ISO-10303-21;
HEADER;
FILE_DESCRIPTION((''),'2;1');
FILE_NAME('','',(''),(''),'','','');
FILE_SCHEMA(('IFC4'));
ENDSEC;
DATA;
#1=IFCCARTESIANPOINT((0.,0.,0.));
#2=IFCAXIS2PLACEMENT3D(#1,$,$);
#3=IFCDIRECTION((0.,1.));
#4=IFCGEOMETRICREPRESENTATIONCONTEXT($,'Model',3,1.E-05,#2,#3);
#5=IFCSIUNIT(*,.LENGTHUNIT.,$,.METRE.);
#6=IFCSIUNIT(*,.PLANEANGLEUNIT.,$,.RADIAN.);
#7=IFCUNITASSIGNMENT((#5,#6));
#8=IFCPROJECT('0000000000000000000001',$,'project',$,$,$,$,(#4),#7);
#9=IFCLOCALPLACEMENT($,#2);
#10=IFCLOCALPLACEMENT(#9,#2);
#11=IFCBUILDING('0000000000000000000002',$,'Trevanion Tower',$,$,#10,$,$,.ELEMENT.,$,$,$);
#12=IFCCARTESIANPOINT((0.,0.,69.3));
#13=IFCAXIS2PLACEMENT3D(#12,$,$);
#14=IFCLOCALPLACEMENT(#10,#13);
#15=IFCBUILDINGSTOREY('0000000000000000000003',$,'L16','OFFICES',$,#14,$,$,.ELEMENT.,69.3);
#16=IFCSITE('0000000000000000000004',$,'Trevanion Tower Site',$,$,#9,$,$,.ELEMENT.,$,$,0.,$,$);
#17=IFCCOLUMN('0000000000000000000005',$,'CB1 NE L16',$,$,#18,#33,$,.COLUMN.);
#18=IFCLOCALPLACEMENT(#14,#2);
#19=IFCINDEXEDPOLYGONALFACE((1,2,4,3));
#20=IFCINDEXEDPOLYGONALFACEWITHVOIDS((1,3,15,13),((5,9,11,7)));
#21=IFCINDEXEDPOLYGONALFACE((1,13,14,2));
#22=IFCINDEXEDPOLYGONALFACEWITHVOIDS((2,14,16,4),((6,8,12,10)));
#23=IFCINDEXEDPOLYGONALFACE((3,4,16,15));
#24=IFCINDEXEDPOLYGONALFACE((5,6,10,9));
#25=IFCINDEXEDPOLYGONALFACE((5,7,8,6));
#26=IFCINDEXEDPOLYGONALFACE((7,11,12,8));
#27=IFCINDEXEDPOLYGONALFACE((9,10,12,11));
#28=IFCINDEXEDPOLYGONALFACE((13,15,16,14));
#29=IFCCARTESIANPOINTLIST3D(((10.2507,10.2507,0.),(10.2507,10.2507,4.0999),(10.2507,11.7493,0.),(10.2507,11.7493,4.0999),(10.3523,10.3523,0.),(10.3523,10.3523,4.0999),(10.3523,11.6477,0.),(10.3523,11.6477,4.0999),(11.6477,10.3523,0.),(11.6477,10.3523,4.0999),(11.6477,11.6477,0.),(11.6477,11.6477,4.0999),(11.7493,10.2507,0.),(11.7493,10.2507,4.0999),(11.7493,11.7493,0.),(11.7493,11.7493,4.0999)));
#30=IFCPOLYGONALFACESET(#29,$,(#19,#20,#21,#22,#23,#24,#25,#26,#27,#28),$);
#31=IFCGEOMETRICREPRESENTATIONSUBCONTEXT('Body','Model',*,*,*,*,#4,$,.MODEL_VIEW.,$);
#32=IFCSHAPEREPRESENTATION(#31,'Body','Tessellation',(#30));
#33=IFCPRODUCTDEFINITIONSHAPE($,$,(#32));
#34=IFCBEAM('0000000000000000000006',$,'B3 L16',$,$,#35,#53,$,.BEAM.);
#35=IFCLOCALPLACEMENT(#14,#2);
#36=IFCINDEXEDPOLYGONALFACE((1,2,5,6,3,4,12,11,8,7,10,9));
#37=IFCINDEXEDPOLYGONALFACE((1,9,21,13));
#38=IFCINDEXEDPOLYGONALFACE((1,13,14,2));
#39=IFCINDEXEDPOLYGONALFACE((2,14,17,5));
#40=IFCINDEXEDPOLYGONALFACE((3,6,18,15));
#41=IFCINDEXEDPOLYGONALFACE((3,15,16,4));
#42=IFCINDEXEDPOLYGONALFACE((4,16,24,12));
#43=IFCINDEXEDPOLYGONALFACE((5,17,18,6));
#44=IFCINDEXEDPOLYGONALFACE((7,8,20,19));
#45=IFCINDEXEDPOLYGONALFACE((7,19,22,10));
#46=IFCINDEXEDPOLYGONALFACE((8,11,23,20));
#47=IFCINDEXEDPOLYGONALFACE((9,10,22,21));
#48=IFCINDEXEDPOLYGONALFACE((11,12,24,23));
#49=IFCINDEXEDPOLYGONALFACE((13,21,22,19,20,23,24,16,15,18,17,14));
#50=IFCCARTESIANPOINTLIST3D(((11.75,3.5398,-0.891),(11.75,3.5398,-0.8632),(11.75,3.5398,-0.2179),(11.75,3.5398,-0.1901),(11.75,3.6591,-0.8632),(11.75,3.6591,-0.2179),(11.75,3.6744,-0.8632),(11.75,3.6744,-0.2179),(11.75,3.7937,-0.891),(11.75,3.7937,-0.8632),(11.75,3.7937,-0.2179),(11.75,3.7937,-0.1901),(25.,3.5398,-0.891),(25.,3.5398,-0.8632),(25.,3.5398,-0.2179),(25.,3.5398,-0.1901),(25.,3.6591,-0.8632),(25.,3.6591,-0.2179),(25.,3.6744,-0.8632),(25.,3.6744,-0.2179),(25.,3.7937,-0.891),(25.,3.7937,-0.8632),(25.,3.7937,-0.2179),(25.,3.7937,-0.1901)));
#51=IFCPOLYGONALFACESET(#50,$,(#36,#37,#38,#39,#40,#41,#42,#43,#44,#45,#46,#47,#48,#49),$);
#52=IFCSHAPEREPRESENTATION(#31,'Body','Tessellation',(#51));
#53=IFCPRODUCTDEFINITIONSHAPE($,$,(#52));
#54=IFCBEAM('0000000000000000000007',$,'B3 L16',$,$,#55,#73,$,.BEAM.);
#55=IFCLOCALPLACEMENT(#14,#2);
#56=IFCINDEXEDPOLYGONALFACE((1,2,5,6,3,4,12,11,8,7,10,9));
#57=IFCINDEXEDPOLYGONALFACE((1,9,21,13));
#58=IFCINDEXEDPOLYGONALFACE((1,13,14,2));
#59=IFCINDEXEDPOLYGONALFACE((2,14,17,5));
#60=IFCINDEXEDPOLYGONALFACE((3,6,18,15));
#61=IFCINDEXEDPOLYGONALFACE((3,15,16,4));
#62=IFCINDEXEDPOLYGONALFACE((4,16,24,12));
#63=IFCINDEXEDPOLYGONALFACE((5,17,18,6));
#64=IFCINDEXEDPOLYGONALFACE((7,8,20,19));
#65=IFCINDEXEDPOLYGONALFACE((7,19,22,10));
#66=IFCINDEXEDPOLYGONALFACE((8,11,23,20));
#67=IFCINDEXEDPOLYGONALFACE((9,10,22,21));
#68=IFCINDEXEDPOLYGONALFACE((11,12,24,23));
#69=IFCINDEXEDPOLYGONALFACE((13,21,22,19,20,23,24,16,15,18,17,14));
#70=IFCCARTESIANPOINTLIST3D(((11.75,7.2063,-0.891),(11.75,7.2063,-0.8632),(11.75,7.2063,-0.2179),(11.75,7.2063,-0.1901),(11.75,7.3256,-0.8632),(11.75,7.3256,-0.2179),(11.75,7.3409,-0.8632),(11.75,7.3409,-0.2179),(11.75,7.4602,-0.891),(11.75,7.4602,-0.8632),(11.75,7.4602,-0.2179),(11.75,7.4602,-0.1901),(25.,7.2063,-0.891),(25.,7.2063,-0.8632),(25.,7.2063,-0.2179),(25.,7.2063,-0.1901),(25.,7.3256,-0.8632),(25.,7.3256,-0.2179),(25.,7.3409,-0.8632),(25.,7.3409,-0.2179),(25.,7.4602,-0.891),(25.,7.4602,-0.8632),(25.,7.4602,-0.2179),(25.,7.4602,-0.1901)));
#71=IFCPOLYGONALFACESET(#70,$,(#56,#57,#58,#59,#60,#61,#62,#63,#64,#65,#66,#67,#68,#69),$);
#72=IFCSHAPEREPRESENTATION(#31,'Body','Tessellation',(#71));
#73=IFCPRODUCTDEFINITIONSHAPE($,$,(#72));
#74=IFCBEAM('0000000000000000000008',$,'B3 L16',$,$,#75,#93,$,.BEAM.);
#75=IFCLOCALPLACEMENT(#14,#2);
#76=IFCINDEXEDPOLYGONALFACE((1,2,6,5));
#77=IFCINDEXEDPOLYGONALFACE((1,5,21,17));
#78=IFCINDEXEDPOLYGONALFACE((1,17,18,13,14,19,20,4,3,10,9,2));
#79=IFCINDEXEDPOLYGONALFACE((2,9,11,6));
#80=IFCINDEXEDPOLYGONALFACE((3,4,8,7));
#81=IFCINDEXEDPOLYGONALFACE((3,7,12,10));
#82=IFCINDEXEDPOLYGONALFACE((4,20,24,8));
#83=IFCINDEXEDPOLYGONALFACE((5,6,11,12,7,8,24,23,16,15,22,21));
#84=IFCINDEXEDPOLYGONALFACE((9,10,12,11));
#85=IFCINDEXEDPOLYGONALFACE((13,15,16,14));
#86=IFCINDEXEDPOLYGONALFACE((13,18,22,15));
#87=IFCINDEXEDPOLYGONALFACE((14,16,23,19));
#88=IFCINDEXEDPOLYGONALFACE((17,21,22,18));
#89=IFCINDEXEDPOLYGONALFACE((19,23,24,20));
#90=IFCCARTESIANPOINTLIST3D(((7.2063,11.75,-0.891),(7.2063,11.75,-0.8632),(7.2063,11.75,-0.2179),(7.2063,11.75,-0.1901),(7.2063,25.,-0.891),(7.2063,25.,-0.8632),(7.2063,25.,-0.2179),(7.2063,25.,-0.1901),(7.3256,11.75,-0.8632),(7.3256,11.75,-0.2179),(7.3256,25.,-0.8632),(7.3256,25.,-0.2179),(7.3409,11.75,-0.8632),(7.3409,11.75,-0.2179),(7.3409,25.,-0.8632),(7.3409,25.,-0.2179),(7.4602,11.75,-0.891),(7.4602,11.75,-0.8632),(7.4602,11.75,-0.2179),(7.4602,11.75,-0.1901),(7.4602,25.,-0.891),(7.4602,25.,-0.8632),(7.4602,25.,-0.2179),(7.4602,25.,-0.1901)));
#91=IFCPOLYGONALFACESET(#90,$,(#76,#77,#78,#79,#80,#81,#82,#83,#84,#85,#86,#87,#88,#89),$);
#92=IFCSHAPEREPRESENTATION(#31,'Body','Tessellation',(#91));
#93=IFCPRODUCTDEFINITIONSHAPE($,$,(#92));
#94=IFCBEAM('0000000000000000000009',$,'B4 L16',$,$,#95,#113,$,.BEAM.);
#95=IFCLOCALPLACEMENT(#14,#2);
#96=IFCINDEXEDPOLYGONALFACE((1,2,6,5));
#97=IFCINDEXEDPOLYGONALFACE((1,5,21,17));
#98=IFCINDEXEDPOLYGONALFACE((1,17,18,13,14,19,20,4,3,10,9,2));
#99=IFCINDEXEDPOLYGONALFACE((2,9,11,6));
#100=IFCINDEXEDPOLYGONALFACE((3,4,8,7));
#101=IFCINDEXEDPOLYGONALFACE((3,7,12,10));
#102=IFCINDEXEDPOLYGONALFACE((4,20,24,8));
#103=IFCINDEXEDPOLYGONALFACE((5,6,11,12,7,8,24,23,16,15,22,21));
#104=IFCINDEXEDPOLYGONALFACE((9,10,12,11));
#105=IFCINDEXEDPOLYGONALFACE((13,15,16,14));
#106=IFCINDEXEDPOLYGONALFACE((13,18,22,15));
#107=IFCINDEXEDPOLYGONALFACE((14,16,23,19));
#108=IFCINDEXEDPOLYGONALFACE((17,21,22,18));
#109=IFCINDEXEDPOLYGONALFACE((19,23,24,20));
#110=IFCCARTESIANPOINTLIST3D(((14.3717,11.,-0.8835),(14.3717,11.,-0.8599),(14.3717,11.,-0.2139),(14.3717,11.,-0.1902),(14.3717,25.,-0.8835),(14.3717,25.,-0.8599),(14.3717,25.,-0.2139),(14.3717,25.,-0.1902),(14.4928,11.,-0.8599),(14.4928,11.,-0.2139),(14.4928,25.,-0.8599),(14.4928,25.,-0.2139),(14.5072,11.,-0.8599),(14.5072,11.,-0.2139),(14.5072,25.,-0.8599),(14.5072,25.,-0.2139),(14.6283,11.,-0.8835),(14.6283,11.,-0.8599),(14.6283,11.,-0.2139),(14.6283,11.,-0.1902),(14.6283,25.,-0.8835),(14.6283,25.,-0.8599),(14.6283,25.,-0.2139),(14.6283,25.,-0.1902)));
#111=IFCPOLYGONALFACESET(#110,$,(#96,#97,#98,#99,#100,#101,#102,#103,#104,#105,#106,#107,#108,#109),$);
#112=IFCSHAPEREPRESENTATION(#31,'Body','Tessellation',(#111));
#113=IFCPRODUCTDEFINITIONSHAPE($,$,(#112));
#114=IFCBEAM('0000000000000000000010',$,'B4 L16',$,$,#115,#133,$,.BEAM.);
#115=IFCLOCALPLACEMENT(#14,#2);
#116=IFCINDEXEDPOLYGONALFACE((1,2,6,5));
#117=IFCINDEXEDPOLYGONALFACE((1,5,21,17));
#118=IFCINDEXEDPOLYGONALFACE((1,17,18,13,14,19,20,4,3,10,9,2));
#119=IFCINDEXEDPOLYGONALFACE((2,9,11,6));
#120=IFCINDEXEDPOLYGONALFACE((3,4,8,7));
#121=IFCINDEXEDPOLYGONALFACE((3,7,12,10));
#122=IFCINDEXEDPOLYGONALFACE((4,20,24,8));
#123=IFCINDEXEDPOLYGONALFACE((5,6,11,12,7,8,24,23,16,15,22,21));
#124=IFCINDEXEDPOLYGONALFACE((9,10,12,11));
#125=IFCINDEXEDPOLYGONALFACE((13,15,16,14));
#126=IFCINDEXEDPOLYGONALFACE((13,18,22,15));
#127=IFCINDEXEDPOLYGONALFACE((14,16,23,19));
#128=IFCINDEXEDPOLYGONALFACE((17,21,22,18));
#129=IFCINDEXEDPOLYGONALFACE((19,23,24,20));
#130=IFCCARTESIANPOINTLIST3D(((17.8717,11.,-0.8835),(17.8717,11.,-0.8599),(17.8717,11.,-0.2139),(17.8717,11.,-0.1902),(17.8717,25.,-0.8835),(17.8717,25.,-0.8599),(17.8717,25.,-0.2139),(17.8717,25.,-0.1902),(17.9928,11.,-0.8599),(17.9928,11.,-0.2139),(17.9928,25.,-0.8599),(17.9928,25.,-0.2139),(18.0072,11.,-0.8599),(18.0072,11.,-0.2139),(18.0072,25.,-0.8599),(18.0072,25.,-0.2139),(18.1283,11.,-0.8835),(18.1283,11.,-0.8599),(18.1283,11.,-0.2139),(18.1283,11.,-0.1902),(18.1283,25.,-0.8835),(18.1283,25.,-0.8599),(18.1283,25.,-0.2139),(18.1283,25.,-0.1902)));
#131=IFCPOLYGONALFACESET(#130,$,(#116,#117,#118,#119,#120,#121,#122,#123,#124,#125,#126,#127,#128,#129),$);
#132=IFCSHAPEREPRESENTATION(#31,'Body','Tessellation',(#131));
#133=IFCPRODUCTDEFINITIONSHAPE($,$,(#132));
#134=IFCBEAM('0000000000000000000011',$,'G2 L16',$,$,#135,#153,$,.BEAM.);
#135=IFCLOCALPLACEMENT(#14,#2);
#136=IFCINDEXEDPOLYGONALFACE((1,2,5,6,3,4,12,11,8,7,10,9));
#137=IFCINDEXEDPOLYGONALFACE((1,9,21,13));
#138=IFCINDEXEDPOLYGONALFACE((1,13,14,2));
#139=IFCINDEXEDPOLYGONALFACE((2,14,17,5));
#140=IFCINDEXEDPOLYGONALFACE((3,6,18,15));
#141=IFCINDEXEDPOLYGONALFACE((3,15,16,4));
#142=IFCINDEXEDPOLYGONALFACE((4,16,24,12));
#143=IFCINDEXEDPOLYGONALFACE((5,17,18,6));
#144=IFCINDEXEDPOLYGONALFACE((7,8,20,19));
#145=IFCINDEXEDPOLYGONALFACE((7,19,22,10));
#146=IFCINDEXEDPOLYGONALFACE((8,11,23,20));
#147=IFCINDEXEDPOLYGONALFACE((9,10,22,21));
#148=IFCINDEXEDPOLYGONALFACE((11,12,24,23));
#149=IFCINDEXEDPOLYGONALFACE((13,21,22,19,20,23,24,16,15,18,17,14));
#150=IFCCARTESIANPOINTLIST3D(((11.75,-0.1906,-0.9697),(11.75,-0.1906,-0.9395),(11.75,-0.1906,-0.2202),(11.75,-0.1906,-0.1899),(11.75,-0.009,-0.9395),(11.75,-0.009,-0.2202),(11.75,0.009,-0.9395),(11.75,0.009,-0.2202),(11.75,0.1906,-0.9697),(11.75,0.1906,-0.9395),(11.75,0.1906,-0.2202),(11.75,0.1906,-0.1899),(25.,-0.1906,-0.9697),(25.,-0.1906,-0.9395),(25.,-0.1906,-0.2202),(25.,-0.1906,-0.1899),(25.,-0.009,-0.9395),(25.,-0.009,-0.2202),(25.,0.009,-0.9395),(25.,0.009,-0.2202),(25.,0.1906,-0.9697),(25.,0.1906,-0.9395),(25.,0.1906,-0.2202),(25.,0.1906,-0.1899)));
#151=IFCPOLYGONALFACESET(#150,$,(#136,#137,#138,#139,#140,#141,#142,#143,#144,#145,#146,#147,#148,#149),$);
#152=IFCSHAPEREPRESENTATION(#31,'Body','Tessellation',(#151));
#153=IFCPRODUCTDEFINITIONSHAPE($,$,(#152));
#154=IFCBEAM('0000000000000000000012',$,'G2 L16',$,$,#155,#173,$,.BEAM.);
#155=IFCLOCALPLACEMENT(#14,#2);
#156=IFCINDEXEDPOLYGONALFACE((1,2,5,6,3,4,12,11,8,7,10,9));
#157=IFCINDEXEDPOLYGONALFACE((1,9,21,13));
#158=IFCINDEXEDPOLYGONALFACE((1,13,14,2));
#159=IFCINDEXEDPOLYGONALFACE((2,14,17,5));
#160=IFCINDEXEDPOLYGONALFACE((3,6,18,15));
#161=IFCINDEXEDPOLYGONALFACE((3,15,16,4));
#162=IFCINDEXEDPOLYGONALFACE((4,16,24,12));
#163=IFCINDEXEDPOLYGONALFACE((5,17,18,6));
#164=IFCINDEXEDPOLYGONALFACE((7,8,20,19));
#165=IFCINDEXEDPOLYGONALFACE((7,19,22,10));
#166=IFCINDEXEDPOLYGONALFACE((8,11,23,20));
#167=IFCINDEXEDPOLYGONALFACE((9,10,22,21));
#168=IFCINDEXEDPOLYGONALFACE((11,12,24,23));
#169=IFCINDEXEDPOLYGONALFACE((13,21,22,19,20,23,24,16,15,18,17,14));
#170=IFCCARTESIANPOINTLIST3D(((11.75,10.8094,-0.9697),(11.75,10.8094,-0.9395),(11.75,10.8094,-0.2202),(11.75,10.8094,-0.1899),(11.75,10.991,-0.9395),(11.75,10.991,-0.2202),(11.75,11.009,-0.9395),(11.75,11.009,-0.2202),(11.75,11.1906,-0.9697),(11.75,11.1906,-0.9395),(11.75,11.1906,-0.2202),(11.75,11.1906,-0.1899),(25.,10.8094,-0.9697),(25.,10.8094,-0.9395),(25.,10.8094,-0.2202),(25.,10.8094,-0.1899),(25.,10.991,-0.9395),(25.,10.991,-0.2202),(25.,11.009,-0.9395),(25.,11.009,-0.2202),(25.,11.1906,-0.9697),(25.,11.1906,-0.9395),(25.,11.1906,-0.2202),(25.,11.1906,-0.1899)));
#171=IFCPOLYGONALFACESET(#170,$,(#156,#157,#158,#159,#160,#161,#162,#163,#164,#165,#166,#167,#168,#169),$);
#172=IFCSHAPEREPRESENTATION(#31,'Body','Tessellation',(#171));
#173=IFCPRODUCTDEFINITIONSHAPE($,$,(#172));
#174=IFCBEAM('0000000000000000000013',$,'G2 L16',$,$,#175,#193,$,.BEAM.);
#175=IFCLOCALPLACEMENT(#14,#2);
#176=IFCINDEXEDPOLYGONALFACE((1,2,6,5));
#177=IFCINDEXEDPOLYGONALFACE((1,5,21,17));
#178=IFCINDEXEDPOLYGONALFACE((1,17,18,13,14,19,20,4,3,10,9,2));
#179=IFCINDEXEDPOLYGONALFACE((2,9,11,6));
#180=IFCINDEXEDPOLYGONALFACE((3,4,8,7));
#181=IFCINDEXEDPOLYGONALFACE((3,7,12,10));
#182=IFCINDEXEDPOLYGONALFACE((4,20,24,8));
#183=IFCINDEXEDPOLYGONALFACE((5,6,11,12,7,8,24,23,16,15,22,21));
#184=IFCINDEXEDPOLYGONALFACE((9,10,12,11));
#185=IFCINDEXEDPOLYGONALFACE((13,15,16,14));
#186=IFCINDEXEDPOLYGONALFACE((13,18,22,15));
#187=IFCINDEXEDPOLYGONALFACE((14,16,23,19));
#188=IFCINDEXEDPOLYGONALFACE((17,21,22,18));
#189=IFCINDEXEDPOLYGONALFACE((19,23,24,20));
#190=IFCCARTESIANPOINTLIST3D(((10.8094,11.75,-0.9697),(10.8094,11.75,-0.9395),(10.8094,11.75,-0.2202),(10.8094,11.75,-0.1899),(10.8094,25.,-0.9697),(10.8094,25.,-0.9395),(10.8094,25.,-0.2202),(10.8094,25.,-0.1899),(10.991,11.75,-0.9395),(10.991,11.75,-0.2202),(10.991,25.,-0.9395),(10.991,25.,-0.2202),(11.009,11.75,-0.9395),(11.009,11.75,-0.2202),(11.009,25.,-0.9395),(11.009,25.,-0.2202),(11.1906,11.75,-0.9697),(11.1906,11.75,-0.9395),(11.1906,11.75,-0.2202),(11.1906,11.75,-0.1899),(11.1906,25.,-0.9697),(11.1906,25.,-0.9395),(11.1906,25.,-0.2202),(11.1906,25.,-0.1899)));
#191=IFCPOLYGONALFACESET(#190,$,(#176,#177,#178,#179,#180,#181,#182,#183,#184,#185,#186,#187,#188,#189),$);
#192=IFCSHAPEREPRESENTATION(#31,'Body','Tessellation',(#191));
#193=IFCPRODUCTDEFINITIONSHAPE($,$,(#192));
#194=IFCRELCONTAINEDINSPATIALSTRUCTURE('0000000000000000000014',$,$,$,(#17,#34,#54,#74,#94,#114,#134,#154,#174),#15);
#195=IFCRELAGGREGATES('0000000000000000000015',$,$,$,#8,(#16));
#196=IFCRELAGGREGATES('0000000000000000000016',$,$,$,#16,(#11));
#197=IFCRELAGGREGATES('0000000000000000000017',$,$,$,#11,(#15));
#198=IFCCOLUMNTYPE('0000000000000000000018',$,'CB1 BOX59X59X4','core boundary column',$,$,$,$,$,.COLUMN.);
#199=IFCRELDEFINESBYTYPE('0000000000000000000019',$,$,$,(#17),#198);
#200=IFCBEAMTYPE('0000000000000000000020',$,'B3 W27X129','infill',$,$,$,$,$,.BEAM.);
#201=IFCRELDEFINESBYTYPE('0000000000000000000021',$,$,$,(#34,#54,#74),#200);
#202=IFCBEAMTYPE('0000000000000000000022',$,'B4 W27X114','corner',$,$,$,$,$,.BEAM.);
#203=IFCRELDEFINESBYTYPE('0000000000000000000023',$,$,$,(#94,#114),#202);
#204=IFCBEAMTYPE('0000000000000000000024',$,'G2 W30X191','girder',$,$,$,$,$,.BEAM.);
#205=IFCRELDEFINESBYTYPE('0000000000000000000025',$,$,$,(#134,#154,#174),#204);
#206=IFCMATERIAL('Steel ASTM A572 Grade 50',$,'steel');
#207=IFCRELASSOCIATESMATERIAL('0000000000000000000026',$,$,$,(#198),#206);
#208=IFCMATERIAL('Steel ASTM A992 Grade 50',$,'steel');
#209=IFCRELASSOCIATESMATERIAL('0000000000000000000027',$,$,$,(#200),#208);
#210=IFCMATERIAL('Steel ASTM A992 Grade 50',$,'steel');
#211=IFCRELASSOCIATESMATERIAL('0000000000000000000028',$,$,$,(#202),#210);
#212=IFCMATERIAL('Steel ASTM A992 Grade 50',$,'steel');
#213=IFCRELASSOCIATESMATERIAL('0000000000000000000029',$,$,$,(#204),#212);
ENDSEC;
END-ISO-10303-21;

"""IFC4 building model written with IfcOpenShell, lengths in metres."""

from ifc_helpers import new_model, si_unit, direction, frame, origin, origin_2d, place, context, subcontext, project, spatial, hollow_rectangle, i_section, extrude, material, material_profile, profile_set, type_object, element, save


model = new_model("IFC4")

# Units and contexts
model_context = context("Model", 3, precision=1e-05, world=origin(), true_north=direction((0.0, 1.0)))
body_context = subcontext(model_context, "Body", "Model", "MODEL_VIEW")
ifc_project = project(units=[si_unit("LENGTHUNIT", "METRE"), si_unit("PLANEANGLEUNIT", "RADIAN")], contexts=[model_context])

# Site, building, storey
site_placement = place(None, origin())
site = spatial("IfcSite", under=ifc_project, at=site_placement, Name="Trevanion Tower Site", CompositionType="ELEMENT", RefElevation=0.0)
building_placement = place(site_placement, origin())
building = spatial("IfcBuilding", under=site, at=building_placement, Name="Trevanion Tower", CompositionType="ELEMENT")
storey_placement = place(building_placement, frame((0.0, 0.0, 69.3)))
storey = spatial("IfcBuildingStorey", under=building, at=storey_placement, Name="L16", Description="OFFICES", CompositionType="ELEMENT", Elevation=69.3)

# Column
ifc_material_1 = material(Name="Steel ASTM A572 Grade 50", Category="steel")
ifc_material_profile_1 = material_profile(ifc_material_1, hollow_rectangle(XDim=1.4985, YDim=1.4985, WallThickness=0.1016, at=origin_2d()), Name="BOX59X59X4")
ifc_profile_set_1 = profile_set([ifc_material_profile_1], Name="Steel ASTM A572 Grade 50")
column_type = type_object("IfcColumnType", Name="CB1 BOX59X59X4", Description="core boundary column", PredefinedType="COLUMN", material=ifc_profile_set_1)
column_placement = place(storey_placement, frame((11.0, 11.0, 0.0), z_axis=(0.0, 0.0, 1.0), x_axis=(1.0, 0.0, 0.0)))
element("IfcColumn", 1, at=column_placement, inside=storey, type_object=column_type, Name="CB1 NE L16", PredefinedType="COLUMN", context=body_context, shape_type="SweptSolid", body=[
    extrude(hollow_rectangle(XDim=1.4985, YDim=1.4985, WallThickness=0.1016, at=origin_2d()), origin(), (0.0, 0.0, 1.0), 4.0999),
])

# Beams
ifc_material_2 = material(Name="Steel ASTM A992 Grade 50", Category="steel")
ifc_material_profile_2 = material_profile(ifc_material_2, i_section(OverallWidth=0.2539, OverallDepth=0.7009, WebThickness=0.0154, FlangeThickness=0.0278, at=origin_2d()), Name="W27X129")
ifc_profile_set_2 = profile_set([ifc_material_profile_2], Name="Steel ASTM A992 Grade 50")
beam_type_1 = type_object("IfcBeamType", Name="B3 W27X129", Description="infill", PredefinedType="BEAM", material=ifc_profile_set_2)
for number, where, z_axis, x_axis, name in (
    (2, (11.75, 3.6667, -0.5405), (1.0, 0.0, 0.0), (0.0, 1.0, 0.0), "B3 L16"),
    (3, (11.75, 7.3333, -0.5405), (1.0, 0.0, 0.0), (0.0, 1.0, 0.0), "B3 L16"),
    (4, (7.3333, 11.75, -0.5405), (0.0, 1.0, 0.0), (-1.0, 0.0, 0.0), "B3 L16"),
):
    element("IfcBeam", number, at=place(storey_placement, frame(where, z_axis=z_axis, x_axis=x_axis)), inside=storey, type_object=beam_type_1, Name=name, PredefinedType="BEAM", context=body_context, shape_type="SweptSolid", body=[
        extrude(i_section(OverallWidth=0.2539, OverallDepth=0.7009, WebThickness=0.0154, FlangeThickness=0.0278, at=origin_2d()), origin(), (0.0, 0.0, 1.0), 13.25),
    ])
ifc_material_3 = material(Name="Steel ASTM A992 Grade 50", Category="steel")
ifc_material_profile_3 = material_profile(ifc_material_3, i_section(OverallWidth=0.2566, OverallDepth=0.6934, WebThickness=0.0144, FlangeThickness=0.0237, at=origin_2d()), Name="W27X114")
ifc_profile_set_3 = profile_set([ifc_material_profile_3], Name="Steel ASTM A992 Grade 50")
beam_type_2 = type_object("IfcBeamType", Name="B4 W27X114", Description="corner", PredefinedType="BEAM", material=ifc_profile_set_3)
for number, where, z_axis, x_axis, name in (
    (5, (14.5, 11.0, -0.5369), (0.0, 1.0, 0.0), (-1.0, 0.0, 0.0), "B4 L16"),
    (6, (18.0, 11.0, -0.5369), (0.0, 1.0, 0.0), (-1.0, 0.0, 0.0), "B4 L16"),
):
    element("IfcBeam", number, at=place(storey_placement, frame(where, z_axis=z_axis, x_axis=x_axis)), inside=storey, type_object=beam_type_2, Name=name, PredefinedType="BEAM", context=body_context, shape_type="SweptSolid", body=[
        extrude(i_section(OverallWidth=0.2566, OverallDepth=0.6934, WebThickness=0.0144, FlangeThickness=0.0237, at=origin_2d()), origin(), (0.0, 0.0, 1.0), 14.0),
    ])
ifc_material_4 = material(Name="Steel ASTM A992 Grade 50", Category="steel")
ifc_material_profile_4 = material_profile(ifc_material_4, i_section(OverallWidth=0.3811, OverallDepth=0.7798, WebThickness=0.0181, FlangeThickness=0.0303, at=origin_2d()), Name="W30X191")
ifc_profile_set_4 = profile_set([ifc_material_profile_4], Name="Steel ASTM A992 Grade 50")
beam_type_3 = type_object("IfcBeamType", Name="G2 W30X191", Description="girder", PredefinedType="BEAM", material=ifc_profile_set_4)
for number, where, z_axis, x_axis, name in (
    (7, (11.75, 0.0, -0.5798), (1.0, 0.0, 0.0), (0.0, 1.0, 0.0), "G2 L16"),
    (8, (11.75, 11.0, -0.5798), (1.0, 0.0, 0.0), (0.0, 1.0, 0.0), "G2 L16"),
    (9, (11.0, 11.75, -0.5798), (0.0, 1.0, 0.0), (-1.0, 0.0, 0.0), "G2 L16"),
):
    element("IfcBeam", number, at=place(storey_placement, frame(where, z_axis=z_axis, x_axis=x_axis)), inside=storey, type_object=beam_type_3, Name=name, PredefinedType="BEAM", context=body_context, shape_type="SweptSolid", body=[
        extrude(i_section(OverallWidth=0.3811, OverallDepth=0.7798, WebThickness=0.0181, FlangeThickness=0.0303, at=origin_2d()), origin(), (0.0, 0.0, 1.0), 13.25),
    ])

save(model, "model.ifc")
